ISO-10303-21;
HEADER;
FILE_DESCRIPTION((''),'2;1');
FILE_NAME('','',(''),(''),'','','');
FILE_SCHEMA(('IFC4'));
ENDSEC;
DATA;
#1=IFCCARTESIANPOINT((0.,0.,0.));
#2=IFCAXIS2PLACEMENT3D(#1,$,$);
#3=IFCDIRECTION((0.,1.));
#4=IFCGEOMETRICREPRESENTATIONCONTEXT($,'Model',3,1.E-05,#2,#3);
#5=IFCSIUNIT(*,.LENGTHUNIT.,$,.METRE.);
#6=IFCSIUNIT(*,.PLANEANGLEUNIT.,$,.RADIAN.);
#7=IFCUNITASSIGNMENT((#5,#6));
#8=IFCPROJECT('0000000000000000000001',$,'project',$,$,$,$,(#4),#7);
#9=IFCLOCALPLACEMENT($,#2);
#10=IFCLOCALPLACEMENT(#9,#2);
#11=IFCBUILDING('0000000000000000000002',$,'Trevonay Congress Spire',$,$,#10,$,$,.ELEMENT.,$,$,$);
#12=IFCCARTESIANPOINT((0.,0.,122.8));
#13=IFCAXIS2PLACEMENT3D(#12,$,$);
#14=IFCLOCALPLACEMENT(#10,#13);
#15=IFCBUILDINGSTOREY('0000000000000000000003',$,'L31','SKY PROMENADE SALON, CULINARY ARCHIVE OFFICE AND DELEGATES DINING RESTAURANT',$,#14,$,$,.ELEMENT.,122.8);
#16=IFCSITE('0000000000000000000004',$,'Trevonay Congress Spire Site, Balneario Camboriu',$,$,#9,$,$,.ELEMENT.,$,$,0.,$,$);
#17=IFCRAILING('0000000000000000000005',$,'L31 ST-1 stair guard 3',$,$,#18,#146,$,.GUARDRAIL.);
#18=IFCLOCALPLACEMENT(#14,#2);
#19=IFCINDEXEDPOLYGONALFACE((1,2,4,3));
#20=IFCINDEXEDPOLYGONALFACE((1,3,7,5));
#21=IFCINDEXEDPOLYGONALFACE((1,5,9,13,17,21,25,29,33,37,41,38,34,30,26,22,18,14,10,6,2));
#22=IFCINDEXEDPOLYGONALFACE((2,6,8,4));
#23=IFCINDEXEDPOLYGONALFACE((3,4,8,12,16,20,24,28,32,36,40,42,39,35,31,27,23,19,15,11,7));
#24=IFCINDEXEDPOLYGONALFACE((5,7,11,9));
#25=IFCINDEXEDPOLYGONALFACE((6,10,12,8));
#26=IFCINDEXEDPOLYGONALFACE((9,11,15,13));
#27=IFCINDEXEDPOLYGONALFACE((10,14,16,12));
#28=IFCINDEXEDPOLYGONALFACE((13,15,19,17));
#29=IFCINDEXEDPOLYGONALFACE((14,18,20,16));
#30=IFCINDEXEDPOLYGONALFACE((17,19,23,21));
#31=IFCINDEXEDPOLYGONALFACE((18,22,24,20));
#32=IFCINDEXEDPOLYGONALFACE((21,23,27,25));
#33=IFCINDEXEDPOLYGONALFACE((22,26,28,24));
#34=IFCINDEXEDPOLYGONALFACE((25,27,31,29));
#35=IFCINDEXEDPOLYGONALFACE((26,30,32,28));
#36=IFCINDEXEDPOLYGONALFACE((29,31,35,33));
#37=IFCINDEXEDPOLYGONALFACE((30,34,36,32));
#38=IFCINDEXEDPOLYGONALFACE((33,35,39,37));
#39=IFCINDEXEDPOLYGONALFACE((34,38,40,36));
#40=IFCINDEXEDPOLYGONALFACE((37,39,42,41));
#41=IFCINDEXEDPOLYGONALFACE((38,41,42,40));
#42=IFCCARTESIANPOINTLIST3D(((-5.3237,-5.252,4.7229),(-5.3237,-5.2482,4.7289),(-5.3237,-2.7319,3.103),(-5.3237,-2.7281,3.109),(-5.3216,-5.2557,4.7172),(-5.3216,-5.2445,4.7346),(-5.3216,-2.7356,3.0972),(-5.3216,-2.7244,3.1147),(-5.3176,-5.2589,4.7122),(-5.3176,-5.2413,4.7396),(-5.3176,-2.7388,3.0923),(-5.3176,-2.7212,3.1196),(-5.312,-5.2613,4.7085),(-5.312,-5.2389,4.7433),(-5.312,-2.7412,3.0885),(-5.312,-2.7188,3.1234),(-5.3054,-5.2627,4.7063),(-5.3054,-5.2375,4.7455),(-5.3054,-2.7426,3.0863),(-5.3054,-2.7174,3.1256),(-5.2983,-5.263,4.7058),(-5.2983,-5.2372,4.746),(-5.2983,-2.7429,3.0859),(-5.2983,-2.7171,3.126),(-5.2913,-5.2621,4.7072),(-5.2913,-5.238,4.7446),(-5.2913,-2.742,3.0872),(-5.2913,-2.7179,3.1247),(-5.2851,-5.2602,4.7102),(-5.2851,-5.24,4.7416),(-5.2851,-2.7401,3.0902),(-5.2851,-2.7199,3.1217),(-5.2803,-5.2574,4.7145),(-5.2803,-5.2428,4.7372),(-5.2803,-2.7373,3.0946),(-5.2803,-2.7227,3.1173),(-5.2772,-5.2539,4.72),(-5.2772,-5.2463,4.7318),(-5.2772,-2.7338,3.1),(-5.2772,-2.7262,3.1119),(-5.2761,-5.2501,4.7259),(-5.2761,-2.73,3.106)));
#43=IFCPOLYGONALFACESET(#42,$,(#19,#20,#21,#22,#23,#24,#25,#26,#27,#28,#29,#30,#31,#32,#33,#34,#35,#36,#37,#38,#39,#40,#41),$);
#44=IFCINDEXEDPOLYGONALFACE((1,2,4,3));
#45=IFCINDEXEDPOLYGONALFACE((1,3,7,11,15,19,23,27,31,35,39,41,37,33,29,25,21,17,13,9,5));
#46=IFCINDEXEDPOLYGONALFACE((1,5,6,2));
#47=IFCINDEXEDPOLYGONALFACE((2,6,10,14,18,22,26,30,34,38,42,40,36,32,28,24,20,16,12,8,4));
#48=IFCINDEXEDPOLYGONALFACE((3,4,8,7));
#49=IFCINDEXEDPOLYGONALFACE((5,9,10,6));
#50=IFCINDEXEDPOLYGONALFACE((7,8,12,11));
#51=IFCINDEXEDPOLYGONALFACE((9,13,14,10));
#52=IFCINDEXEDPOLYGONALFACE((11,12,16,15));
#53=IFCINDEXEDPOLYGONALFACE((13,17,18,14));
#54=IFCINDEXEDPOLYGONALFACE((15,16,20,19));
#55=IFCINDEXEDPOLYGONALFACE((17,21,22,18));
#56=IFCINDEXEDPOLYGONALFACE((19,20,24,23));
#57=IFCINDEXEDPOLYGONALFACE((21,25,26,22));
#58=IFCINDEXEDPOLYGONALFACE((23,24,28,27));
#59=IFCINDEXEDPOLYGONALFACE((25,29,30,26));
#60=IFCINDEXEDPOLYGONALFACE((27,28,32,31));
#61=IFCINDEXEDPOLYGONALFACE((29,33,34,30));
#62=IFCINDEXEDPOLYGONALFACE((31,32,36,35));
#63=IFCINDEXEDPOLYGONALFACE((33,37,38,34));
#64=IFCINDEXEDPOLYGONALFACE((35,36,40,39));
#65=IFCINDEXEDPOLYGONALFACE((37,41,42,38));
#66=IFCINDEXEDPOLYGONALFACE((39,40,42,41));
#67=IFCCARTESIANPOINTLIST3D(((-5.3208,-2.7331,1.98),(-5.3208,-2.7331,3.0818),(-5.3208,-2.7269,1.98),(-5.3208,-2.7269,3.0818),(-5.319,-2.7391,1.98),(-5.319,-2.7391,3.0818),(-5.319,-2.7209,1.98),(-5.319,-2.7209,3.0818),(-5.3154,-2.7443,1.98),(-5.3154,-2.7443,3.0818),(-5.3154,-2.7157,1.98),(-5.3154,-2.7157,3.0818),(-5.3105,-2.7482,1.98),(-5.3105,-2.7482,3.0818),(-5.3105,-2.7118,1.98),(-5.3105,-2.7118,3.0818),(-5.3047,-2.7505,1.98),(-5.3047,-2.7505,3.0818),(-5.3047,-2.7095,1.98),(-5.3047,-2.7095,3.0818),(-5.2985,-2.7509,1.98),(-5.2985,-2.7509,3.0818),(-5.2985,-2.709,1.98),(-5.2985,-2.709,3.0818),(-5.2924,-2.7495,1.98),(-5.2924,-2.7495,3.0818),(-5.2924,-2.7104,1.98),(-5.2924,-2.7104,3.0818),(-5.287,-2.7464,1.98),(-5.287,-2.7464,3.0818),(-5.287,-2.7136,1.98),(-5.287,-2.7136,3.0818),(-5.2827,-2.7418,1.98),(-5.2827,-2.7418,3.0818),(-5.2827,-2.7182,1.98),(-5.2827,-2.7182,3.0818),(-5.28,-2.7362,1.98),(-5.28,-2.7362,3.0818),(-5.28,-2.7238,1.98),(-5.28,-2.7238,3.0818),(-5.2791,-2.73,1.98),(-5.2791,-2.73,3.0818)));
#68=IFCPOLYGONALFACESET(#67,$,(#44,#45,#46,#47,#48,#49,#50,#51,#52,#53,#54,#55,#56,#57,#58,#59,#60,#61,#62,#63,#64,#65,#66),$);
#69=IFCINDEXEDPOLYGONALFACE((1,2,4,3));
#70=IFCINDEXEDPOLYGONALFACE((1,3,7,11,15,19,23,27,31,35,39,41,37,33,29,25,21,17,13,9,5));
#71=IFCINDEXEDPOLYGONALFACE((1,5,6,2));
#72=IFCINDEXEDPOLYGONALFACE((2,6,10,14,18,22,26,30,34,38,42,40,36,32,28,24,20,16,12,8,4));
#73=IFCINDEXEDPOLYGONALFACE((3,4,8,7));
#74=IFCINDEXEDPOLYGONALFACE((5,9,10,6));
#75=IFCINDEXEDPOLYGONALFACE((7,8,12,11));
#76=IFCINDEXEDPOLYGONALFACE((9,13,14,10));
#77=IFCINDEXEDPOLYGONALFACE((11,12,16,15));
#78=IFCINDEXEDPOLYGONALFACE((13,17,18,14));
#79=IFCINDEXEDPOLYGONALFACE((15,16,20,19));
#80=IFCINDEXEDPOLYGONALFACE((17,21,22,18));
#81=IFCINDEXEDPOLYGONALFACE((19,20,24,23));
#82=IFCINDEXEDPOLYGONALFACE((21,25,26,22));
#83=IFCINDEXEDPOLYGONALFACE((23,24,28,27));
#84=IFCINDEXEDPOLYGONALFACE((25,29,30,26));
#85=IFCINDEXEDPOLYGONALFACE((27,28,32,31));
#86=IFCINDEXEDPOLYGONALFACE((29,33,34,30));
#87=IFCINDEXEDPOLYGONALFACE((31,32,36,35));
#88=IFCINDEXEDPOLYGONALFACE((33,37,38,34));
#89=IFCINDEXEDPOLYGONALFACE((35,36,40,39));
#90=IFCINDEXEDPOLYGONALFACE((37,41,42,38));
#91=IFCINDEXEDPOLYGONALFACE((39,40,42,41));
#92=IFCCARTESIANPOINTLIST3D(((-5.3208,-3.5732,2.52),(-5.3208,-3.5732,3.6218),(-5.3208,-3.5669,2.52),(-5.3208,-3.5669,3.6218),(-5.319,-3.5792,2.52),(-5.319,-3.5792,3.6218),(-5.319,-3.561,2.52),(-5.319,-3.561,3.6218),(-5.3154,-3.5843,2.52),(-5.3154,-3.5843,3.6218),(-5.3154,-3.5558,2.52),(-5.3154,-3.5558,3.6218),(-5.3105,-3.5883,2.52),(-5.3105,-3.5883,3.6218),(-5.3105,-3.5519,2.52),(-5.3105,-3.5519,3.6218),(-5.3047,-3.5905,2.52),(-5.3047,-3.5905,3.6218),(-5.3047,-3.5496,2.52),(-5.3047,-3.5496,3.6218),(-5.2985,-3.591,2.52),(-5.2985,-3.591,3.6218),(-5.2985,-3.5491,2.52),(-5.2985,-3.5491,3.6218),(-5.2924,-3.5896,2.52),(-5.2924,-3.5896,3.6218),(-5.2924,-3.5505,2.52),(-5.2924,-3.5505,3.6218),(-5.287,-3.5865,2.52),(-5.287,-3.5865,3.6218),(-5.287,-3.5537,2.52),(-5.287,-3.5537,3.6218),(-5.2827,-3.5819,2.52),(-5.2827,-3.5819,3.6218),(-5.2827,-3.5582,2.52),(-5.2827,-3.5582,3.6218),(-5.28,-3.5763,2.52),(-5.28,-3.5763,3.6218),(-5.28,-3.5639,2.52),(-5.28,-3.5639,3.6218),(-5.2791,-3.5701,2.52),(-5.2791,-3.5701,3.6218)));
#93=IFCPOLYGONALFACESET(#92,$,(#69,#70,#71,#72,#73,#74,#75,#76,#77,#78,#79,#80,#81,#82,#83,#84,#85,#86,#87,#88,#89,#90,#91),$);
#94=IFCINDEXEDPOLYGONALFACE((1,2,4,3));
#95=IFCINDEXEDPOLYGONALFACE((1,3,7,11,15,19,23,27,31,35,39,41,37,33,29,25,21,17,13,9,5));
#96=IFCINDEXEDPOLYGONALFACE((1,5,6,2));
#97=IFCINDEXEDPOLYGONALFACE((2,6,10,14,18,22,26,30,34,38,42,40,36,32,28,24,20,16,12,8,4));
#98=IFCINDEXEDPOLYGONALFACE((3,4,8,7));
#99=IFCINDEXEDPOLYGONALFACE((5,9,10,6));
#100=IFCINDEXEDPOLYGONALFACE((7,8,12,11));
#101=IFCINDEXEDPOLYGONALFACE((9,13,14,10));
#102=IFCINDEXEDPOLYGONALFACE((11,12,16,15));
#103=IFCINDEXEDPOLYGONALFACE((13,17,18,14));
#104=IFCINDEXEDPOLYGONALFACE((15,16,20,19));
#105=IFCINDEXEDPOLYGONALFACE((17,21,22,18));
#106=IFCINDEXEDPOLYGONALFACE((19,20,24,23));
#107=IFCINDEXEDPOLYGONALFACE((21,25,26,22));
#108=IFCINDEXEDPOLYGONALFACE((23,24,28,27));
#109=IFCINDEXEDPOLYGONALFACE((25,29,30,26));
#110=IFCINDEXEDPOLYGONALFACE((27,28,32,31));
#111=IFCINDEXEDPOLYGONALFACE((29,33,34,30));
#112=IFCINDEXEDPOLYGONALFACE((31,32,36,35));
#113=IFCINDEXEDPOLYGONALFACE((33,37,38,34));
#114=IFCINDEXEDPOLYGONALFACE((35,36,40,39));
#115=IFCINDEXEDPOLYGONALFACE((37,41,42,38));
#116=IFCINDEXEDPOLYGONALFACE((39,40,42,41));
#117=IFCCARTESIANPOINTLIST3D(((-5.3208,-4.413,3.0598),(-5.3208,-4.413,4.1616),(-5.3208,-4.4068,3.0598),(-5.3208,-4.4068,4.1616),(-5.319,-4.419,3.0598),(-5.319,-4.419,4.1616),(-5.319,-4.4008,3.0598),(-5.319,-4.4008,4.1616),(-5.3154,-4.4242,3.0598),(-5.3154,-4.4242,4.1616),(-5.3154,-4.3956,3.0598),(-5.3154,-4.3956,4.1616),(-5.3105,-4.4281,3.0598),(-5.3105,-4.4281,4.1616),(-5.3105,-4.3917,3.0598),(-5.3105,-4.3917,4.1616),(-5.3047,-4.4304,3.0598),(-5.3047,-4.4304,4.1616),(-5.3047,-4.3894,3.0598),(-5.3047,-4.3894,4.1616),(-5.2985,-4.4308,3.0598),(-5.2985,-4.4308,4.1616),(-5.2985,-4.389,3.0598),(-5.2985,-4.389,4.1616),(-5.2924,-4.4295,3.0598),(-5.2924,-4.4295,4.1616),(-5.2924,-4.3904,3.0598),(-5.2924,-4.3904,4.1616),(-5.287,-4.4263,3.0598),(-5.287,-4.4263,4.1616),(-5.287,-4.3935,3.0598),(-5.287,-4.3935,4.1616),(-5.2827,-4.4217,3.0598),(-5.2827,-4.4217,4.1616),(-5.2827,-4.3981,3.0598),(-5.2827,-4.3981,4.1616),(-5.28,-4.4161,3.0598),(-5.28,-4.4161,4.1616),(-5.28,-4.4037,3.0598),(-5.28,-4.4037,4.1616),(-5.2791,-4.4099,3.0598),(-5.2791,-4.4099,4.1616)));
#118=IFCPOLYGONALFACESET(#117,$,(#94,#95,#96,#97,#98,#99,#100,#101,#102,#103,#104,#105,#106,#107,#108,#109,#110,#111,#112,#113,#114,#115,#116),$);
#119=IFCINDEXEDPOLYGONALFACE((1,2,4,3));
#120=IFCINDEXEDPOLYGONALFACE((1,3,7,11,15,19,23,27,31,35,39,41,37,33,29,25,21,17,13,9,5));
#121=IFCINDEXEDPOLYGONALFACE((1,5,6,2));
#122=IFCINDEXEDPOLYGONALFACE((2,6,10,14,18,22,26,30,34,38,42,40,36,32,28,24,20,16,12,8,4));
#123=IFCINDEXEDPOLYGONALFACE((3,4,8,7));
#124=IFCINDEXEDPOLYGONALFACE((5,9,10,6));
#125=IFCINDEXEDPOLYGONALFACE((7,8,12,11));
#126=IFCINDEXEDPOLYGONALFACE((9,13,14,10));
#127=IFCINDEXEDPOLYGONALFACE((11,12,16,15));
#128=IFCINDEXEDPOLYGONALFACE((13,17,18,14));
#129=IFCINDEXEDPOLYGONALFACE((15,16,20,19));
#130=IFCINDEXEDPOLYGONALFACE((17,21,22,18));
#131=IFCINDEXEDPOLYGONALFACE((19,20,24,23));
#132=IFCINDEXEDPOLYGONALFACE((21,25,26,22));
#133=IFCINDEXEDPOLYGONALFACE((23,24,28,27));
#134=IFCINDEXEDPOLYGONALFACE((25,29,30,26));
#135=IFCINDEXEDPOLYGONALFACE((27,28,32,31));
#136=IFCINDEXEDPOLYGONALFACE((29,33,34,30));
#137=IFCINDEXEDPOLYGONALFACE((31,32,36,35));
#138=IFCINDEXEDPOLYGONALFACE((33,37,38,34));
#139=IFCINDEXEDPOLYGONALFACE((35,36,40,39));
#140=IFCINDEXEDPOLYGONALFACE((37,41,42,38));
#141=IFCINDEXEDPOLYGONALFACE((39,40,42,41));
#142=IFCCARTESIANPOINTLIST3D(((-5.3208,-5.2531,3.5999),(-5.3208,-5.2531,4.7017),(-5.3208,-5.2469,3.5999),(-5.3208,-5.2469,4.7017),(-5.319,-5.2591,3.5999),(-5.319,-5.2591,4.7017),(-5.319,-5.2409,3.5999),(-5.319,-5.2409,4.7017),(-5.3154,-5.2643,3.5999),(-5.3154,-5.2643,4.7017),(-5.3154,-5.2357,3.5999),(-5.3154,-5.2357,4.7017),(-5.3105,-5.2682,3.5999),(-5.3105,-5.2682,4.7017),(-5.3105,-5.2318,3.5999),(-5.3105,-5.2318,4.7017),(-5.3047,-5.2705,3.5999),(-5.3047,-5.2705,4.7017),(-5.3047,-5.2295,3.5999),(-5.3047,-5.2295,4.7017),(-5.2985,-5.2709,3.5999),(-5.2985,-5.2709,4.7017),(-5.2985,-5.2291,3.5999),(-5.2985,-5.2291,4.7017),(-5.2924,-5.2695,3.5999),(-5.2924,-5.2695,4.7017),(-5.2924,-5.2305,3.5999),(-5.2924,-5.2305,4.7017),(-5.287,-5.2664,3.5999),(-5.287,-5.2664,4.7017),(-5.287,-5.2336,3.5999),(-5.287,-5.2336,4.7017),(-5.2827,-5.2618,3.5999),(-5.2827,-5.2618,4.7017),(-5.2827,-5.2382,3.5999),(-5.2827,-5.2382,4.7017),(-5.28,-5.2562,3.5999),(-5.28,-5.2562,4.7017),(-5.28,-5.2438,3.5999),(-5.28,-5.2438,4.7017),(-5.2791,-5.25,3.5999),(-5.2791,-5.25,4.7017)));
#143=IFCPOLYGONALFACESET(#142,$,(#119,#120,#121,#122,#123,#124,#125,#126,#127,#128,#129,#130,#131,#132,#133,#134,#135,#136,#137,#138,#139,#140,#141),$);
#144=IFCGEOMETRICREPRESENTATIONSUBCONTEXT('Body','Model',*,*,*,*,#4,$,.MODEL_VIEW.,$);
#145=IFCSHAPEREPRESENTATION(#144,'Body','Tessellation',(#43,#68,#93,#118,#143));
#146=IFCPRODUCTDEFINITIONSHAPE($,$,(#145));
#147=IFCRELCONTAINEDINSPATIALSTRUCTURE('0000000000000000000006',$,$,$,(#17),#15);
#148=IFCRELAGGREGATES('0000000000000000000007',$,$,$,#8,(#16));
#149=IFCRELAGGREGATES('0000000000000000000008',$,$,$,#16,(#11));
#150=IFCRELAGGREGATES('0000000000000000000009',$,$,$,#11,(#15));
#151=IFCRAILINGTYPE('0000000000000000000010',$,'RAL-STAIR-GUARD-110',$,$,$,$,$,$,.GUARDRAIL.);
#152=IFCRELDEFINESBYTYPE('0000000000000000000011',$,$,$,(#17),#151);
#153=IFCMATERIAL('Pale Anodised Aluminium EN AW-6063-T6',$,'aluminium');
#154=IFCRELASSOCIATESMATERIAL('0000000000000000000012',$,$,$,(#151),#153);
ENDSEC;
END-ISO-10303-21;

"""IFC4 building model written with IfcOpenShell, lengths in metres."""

from ifc_helpers import new_model, si_unit, direction, frame, origin, origin_2d, place, context, subcontext, project, spatial, circle, extrude, material, type_object, element, save


model = new_model("IFC4")

# Units and contexts
model_context = context("Model", 3, precision=1e-05, world=origin(), true_north=direction((0.0, 1.0)))
body_context = subcontext(model_context, "Body", "Model", "MODEL_VIEW")
ifc_project = project(units=[si_unit("LENGTHUNIT", "METRE"), si_unit("PLANEANGLEUNIT", "RADIAN")], contexts=[model_context])

# Site, building, storey
site_placement = place(None, origin())
site = spatial("IfcSite", under=ifc_project, at=site_placement, Name="Trevonay Congress Spire Site, Balneario Camboriu", CompositionType="ELEMENT", RefElevation=0.0)
building_placement = place(site_placement, origin())
building = spatial("IfcBuilding", under=site, at=building_placement, Name="Trevonay Congress Spire", CompositionType="ELEMENT")
storey_placement = place(building_placement, frame((0.0, 0.0, 122.8)))
storey = spatial("IfcBuildingStorey", under=building, at=storey_placement, Name="L31", Description="SKY PROMENADE SALON, CULINARY ARCHIVE OFFICE AND DELEGATES DINING RESTAURANT", CompositionType="ELEMENT", Elevation=122.8)

# Railing
ifc_material_1 = material(Name="Pale Anodised Aluminium EN AW-6063-T6", Category="aluminium")
railing_type_1 = type_object("IfcRailingType", Name="RAL-STAIR-GUARD-110", PredefinedType="GUARDRAIL", material=ifc_material_1)
railing_1_placement = place(storey_placement, frame((-5.3, -2.73, 1.98)))
element("IfcRailing", 1, at=railing_1_placement, inside=storey, type_object=railing_type_1, Name="L31 ST-1 stair guard 3", PredefinedType="GUARDRAIL", context=body_context, shape_type="SweptSolid", body=[
    extrude(circle(Radius=0.0239, at=origin_2d()), frame((0.0, 0.0, 1.126), z_axis=(0.0, -0.8412, 0.540725), x_axis=(1.0, 0.0, 0.0)), (0.0, 0.0, 1.0), 2.9958),
    extrude(circle(Radius=0.021, at=origin_2d()), origin(), (0.0, 0.0, 1.0), 1.1018),
    extrude(circle(Radius=0.021, at=origin_2d()), frame((0.0, -0.8401, 0.54)), (0.0, 0.0, 1.0), 1.1018),
    extrude(circle(Radius=0.021, at=origin_2d()), frame((0.0, -1.6799, 1.0798)), (0.0, 0.0, 1.0), 1.1018),
    extrude(circle(Radius=0.021, at=origin_2d()), frame((0.0, -2.52, 1.6199)), (0.0, 0.0, 1.0), 1.1018),
])

save(model, "model.ifc")
